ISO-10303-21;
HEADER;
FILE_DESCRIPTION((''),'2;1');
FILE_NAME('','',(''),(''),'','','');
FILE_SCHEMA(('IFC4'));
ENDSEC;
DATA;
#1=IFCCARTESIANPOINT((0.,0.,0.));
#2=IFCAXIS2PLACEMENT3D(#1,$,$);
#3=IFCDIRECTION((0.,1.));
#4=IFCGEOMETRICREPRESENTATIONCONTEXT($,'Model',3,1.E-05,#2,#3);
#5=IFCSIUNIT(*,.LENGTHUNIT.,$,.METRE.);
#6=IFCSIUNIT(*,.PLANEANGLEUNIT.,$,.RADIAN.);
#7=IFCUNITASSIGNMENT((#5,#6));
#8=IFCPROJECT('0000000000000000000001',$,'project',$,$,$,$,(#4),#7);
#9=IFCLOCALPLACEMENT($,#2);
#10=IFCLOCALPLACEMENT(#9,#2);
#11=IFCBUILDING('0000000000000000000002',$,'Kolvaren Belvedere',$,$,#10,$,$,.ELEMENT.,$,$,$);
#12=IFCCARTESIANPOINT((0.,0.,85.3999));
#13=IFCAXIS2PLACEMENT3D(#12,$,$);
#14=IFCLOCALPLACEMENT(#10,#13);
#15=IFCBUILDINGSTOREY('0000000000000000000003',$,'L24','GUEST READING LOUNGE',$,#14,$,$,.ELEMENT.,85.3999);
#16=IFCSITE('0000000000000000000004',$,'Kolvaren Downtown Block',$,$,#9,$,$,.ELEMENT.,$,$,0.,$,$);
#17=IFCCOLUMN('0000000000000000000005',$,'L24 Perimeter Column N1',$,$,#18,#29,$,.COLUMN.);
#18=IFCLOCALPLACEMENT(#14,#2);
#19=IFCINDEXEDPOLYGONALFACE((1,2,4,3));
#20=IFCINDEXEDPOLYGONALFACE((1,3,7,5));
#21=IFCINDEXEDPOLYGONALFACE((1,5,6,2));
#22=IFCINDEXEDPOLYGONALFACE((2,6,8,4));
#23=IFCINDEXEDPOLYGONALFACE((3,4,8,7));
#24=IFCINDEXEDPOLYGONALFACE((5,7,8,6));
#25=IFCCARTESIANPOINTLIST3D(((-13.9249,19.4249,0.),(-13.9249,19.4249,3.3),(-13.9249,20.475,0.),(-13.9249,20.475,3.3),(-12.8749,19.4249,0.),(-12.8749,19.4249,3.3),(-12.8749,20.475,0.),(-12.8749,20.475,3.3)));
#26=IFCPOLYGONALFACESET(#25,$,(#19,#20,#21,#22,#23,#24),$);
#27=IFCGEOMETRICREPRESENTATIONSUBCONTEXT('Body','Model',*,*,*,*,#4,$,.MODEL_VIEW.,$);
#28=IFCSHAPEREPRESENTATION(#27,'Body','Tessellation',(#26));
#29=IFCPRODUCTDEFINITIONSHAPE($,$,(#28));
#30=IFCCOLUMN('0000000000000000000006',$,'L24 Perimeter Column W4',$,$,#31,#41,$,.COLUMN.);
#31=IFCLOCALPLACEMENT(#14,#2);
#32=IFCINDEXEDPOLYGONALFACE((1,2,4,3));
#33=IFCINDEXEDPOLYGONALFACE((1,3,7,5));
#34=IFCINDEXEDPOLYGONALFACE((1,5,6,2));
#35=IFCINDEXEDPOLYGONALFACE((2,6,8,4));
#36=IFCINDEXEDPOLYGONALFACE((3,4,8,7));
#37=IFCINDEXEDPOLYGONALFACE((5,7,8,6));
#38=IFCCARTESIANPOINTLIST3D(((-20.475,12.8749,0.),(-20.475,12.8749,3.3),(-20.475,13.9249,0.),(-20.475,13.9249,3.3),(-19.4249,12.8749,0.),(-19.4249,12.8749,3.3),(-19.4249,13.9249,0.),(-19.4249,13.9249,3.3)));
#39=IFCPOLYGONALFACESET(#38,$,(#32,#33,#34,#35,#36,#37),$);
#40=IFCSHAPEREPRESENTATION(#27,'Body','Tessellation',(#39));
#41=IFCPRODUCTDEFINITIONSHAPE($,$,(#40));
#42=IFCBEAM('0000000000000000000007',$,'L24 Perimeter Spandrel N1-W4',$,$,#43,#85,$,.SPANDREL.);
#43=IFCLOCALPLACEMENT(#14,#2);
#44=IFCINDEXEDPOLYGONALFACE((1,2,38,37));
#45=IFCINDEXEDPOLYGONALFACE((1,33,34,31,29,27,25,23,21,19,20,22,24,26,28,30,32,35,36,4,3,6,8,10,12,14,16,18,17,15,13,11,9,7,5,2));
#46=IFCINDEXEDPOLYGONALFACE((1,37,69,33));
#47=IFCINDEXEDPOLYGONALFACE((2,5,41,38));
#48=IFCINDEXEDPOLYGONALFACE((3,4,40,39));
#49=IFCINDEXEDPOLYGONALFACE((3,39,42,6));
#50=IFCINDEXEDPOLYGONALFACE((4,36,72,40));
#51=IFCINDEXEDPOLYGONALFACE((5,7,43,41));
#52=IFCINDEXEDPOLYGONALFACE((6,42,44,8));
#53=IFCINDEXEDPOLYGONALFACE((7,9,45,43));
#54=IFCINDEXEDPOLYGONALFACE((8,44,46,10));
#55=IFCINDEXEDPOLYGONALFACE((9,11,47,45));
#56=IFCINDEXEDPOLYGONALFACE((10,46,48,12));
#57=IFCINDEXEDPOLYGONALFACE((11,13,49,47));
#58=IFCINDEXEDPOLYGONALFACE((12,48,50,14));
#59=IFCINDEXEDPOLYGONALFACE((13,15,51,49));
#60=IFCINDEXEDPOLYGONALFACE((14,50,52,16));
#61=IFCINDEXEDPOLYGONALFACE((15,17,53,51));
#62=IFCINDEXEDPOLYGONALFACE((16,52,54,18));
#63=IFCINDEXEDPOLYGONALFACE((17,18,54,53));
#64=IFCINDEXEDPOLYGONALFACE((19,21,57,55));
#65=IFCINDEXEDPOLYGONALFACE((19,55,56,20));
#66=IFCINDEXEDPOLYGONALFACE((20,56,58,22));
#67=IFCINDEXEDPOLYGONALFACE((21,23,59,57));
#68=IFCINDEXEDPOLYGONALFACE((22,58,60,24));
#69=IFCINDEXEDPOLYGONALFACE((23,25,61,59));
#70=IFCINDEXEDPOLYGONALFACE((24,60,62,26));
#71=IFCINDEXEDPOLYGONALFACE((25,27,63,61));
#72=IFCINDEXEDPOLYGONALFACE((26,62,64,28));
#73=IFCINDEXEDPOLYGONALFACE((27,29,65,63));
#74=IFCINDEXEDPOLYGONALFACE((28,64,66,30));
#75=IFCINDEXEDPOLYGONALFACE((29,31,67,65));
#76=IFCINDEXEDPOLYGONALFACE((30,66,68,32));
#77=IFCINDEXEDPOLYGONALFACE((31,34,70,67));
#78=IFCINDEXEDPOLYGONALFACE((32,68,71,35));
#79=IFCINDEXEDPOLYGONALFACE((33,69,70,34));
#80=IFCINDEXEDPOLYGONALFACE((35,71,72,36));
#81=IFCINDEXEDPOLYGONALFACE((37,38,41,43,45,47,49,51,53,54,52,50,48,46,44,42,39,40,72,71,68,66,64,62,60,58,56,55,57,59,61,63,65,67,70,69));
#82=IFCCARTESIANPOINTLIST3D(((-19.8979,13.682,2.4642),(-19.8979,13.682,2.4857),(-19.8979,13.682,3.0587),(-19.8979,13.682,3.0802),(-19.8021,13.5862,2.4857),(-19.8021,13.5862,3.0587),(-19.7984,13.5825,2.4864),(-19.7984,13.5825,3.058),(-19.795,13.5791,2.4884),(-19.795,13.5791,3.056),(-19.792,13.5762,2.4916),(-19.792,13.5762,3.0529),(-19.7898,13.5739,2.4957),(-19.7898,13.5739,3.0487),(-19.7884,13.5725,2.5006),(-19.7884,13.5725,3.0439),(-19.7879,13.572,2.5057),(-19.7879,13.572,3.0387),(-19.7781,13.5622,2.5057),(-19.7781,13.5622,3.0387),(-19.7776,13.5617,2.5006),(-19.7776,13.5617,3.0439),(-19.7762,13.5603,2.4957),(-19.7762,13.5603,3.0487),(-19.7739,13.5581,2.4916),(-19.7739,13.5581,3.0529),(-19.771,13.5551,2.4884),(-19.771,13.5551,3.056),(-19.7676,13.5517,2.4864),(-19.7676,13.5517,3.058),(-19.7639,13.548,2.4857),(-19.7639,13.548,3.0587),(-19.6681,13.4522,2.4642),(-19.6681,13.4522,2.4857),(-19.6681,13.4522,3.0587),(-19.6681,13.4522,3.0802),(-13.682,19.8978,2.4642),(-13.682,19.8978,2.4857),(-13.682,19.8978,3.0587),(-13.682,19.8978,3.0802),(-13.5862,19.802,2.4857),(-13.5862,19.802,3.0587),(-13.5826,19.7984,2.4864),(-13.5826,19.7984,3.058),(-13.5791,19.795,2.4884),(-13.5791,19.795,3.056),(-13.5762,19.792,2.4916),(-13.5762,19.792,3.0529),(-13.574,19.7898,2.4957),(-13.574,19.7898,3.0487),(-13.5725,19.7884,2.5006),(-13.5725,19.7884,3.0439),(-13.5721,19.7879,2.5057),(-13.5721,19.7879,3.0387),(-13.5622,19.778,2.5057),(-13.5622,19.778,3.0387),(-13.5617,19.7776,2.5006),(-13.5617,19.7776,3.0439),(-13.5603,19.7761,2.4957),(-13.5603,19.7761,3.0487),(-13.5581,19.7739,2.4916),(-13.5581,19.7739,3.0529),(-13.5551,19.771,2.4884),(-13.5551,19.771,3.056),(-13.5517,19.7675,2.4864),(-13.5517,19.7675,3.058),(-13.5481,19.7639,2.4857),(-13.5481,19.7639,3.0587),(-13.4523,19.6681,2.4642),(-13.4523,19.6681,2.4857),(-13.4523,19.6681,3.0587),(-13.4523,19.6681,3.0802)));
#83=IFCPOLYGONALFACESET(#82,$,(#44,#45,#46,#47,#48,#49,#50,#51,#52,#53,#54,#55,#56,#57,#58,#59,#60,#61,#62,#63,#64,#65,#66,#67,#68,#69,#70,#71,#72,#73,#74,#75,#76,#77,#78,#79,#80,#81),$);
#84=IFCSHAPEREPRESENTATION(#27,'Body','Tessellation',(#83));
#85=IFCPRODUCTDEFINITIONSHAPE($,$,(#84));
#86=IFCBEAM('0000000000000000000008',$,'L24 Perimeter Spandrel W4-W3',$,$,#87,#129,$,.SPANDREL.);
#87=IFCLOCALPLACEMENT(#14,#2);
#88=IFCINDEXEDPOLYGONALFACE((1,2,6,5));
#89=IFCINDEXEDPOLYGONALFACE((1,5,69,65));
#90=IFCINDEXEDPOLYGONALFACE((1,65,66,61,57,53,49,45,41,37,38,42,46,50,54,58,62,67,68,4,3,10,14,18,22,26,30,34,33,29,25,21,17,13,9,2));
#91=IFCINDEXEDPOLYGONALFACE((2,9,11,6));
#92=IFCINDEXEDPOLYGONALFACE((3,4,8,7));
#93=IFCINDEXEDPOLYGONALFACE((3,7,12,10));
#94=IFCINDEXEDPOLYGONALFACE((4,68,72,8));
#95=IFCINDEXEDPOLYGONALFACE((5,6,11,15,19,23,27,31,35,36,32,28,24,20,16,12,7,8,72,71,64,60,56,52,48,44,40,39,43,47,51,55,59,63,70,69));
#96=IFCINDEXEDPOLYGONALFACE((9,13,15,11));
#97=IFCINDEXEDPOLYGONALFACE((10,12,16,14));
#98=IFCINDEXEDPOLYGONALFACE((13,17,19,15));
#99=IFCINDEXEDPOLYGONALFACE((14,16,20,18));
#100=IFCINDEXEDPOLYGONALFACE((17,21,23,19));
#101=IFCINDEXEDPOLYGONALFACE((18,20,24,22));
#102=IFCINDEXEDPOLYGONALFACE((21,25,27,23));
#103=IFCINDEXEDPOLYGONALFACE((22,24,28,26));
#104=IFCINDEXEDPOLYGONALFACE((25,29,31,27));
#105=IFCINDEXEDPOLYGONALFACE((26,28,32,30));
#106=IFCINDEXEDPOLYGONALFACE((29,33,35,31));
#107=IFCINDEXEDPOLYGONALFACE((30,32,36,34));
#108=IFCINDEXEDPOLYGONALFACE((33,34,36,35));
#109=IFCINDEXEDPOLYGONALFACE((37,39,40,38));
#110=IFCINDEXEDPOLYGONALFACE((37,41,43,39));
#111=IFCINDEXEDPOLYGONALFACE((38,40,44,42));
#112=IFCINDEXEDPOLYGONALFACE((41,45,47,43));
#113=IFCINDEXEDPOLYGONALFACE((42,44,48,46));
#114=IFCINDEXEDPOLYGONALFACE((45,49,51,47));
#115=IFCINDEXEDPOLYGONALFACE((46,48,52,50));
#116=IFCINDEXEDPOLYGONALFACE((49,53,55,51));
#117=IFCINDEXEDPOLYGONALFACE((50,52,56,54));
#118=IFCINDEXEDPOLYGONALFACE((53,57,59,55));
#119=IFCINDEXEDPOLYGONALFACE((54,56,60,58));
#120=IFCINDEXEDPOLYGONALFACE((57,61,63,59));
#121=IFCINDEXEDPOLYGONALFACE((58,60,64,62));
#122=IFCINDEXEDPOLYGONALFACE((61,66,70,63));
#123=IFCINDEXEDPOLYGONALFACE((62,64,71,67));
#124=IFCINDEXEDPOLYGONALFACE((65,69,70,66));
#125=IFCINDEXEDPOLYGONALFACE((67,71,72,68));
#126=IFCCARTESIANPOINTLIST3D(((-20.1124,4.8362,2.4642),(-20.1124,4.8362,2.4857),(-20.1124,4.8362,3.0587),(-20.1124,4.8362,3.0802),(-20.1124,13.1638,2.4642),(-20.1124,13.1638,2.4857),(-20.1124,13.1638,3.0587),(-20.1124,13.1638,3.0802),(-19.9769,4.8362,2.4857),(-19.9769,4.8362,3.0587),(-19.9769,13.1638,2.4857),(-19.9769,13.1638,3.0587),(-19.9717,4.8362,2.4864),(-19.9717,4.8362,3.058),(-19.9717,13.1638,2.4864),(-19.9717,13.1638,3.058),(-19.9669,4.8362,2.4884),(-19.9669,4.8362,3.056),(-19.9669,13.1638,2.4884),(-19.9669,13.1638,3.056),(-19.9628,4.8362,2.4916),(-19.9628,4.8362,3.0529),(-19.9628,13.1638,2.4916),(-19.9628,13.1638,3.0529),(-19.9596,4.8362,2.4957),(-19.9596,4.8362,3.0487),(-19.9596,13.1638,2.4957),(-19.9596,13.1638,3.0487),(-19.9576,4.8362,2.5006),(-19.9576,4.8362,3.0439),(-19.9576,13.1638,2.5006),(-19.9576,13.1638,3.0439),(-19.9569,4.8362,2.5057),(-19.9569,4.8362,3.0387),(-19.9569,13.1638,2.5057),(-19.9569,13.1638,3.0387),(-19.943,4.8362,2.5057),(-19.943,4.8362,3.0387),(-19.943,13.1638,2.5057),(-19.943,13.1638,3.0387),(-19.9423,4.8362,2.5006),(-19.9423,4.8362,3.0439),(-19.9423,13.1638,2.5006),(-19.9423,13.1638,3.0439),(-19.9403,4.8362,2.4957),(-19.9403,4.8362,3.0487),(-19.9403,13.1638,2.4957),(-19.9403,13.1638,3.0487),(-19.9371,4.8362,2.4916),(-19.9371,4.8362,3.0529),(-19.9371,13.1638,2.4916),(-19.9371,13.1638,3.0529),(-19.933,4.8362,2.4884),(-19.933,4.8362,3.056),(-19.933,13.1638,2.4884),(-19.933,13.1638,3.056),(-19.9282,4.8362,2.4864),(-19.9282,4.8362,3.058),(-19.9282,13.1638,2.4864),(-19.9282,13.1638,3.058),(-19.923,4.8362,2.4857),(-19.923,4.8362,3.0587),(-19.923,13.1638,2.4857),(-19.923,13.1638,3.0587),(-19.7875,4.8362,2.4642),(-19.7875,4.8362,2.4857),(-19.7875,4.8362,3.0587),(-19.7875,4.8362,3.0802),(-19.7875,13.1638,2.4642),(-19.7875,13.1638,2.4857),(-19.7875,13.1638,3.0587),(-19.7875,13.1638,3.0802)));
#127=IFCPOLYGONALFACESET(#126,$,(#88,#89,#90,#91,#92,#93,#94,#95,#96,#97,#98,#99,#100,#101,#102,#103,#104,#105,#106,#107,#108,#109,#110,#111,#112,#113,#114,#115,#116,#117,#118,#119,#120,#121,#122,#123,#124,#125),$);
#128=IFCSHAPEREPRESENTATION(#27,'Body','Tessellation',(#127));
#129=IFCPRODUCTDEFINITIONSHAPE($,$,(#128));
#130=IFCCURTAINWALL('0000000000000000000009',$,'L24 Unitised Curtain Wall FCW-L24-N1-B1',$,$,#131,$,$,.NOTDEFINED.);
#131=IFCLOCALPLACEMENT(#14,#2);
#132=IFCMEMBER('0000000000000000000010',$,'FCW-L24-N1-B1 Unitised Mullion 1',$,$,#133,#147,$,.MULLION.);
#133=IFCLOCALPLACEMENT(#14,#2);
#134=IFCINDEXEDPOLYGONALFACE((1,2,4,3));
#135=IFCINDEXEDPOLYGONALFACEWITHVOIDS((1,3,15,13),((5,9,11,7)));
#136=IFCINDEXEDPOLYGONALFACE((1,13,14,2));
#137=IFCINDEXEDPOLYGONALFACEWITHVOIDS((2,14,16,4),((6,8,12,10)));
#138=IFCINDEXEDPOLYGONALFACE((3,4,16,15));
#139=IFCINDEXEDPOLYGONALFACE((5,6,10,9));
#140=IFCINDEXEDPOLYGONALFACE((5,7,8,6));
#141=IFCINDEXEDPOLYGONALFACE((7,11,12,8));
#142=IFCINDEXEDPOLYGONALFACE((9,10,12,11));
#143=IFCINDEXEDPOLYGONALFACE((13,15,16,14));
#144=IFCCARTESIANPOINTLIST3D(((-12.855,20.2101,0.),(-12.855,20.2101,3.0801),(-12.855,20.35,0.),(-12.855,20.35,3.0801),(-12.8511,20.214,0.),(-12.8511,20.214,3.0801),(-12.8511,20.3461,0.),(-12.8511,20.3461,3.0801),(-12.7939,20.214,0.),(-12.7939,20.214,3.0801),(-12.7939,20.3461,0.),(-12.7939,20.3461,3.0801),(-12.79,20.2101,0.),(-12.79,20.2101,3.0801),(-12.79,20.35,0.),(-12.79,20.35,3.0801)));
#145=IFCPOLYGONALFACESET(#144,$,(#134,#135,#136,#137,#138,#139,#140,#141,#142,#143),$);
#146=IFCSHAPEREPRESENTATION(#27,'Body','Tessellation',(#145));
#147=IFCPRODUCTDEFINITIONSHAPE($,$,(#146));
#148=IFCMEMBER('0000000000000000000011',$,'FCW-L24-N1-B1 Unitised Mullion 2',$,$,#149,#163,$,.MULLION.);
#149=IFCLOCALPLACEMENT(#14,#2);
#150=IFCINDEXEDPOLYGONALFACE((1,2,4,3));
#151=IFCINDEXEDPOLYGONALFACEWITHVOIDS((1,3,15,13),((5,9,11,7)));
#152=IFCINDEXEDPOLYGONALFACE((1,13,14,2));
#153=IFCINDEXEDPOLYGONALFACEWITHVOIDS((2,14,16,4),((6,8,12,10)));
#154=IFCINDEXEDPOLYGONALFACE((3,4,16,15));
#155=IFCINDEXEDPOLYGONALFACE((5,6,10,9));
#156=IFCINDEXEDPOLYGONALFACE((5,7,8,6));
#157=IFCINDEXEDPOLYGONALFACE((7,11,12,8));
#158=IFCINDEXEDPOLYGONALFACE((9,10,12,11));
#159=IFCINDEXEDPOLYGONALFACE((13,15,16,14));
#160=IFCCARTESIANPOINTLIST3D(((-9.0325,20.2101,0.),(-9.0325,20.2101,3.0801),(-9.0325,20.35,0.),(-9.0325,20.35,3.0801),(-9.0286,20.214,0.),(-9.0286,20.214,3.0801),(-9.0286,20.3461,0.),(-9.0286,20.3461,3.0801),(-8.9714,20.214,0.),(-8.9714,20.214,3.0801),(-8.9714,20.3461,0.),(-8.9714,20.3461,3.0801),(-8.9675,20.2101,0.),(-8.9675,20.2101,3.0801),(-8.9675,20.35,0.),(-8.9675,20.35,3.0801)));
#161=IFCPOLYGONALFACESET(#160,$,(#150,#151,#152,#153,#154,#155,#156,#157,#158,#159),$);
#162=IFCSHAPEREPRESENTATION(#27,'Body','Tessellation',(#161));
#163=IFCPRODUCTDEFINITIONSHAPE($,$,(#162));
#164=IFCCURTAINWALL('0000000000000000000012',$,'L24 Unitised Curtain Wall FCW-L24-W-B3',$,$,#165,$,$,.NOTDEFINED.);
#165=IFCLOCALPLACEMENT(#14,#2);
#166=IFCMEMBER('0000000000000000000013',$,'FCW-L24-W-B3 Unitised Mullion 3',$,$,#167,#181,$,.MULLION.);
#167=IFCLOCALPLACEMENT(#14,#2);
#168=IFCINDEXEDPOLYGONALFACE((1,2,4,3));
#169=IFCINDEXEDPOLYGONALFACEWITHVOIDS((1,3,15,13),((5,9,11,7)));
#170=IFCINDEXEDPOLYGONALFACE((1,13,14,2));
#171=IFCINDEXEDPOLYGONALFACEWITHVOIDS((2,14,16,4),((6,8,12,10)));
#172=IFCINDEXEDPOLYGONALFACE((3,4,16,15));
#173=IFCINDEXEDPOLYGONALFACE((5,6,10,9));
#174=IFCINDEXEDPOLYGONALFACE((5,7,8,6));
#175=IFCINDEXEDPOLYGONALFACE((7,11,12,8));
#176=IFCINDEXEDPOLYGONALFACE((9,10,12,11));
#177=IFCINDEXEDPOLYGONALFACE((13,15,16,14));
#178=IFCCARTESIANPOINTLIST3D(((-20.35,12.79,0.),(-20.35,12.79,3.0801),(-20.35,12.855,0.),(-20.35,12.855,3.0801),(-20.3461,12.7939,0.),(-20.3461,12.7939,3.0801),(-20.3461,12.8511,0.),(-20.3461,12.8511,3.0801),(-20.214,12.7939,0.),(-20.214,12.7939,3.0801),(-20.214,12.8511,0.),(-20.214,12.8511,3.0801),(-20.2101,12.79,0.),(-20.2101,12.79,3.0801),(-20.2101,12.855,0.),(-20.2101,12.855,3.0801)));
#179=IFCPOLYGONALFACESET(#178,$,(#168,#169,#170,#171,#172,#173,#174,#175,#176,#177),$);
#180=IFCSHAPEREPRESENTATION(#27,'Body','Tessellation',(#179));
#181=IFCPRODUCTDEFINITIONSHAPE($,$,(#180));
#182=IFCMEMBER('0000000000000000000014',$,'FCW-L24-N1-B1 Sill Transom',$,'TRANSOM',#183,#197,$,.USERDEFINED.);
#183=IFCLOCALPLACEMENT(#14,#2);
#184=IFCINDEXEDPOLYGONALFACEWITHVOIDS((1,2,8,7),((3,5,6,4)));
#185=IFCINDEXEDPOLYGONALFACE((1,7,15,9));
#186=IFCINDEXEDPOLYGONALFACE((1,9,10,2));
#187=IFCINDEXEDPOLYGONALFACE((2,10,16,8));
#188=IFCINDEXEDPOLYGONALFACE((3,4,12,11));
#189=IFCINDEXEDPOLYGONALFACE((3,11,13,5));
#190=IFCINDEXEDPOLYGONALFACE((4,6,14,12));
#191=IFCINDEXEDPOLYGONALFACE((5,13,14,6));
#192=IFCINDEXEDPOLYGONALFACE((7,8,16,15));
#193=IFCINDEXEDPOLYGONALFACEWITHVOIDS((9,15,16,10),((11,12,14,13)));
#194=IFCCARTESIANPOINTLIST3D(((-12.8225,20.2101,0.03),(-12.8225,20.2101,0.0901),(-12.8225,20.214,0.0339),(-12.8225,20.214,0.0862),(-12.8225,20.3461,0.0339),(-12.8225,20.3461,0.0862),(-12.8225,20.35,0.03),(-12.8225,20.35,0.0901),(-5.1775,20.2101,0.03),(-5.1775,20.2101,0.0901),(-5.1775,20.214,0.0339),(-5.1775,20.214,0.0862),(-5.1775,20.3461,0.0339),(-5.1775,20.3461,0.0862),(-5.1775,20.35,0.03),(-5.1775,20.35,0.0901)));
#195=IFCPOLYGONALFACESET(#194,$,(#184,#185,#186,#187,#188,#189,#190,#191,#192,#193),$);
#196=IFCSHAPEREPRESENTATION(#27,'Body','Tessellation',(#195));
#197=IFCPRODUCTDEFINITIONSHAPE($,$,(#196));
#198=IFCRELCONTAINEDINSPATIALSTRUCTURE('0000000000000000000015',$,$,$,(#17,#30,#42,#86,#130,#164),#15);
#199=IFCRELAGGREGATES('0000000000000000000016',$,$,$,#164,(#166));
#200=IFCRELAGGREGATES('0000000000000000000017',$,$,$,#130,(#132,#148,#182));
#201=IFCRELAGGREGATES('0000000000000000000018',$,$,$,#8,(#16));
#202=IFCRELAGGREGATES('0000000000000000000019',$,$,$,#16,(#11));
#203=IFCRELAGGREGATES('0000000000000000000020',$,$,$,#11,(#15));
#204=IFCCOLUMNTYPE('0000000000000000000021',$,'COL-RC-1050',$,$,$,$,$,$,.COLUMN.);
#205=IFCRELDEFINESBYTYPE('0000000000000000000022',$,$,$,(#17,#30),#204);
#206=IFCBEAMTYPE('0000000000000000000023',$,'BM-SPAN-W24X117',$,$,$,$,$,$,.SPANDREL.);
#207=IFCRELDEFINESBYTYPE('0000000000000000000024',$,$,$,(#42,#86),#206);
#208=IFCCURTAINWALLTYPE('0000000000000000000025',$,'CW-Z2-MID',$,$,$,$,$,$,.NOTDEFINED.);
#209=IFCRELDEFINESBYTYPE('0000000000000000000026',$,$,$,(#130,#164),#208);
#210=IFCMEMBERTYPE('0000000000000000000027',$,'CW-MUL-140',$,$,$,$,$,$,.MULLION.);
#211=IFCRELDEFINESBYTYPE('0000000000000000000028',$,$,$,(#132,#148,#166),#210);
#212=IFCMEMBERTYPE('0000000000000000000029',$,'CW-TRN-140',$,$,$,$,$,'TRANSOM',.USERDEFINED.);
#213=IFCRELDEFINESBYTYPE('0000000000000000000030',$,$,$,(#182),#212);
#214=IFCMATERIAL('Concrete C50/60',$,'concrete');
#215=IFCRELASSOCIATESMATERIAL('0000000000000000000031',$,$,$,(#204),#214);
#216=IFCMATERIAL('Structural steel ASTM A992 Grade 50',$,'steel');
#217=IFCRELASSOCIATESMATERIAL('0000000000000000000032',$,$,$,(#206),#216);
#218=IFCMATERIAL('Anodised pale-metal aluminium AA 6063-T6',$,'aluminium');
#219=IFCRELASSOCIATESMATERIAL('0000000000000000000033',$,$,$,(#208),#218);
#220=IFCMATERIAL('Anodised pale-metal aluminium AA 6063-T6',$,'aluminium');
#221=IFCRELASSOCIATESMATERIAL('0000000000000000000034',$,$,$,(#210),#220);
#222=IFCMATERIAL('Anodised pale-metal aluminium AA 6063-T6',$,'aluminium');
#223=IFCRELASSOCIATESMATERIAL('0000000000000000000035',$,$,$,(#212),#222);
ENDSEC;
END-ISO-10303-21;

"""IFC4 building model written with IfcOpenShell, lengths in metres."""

from ifc_helpers import new_model, si_unit, direction, frame, origin, origin_2d, place, context, subcontext, project, spatial, rectangle, hollow_rectangle, i_section, extrude, material, material_profile, profile_set, type_object, element, aggregate, save


model = new_model("IFC4")

# Units and contexts
model_context = context("Model", 3, precision=1e-05, world=origin(), true_north=direction((0.0, 1.0)))
body_context = subcontext(model_context, "Body", "Model", "MODEL_VIEW")
ifc_project = project(units=[si_unit("LENGTHUNIT", "METRE"), si_unit("PLANEANGLEUNIT", "RADIAN")], contexts=[model_context])

# Site, building, storey
site_placement = place(None, origin())
site = spatial("IfcSite", under=ifc_project, at=site_placement, Name="Kolvaren Downtown Block", CompositionType="ELEMENT", RefElevation=0.0)
building_placement = place(site_placement, origin())
building = spatial("IfcBuilding", under=site, at=building_placement, Name="Kolvaren Belvedere", CompositionType="ELEMENT")
storey_placement = place(building_placement, frame((0.0, 0.0, 85.3999)))
storey = spatial("IfcBuildingStorey", under=building, at=storey_placement, Name="L24", Description="GUEST READING LOUNGE", CompositionType="ELEMENT", Elevation=85.3999)

# Columns
ifc_material_1 = material(Name="Concrete C50/60", Category="concrete")
ifc_material_profile_1 = material_profile(ifc_material_1, rectangle(XDim=1.05, YDim=1.05, at=origin_2d()), Name="RC 1050X1050")
ifc_profile_set_1 = profile_set([ifc_material_profile_1], Name="Concrete C50/60")
column_type = type_object("IfcColumnType", Name="COL-RC-1050", PredefinedType="COLUMN", material=ifc_profile_set_1)
for number, where, z_axis, x_axis, name in (
    (1, (-13.3999, 19.95, 0.0), (0.0, 0.0, 1.0), (1.0, 0.0, 0.0), "L24 Perimeter Column N1"),
    (2, (-19.95, 13.3999, 0.0), (0.0, 0.0, 1.0), (1.0, 0.0, 0.0), "L24 Perimeter Column W4"),
):
    element("IfcColumn", number, at=place(storey_placement, frame(where, z_axis=z_axis, x_axis=x_axis)), inside=storey, type_object=column_type, Name=name, PredefinedType="COLUMN", context=body_context, shape_type="SweptSolid", body=[
        extrude(rectangle(XDim=1.05, YDim=1.05, at=origin_2d()), origin(), (0.0, 0.0, 1.0), 3.3),
    ])

# Beams
ifc_material_2 = material(Name="Structural steel ASTM A992 Grade 50", Category="steel")
ifc_material_profile_2 = material_profile(ifc_material_2, i_section(OverallWidth=0.325, OverallDepth=0.616, WebThickness=0.0139, FlangeThickness=0.0215, FilletRadius=0.02, at=origin_2d()), Name="W24X117")
ifc_profile_set_2 = profile_set([ifc_material_profile_2], Name="Structural steel ASTM A992 Grade 50")
beam_type = type_object("IfcBeamType", Name="BM-SPAN-W24X117", PredefinedType="SPANDREL", material=ifc_profile_set_2)
beam_1_placement = place(storey_placement, frame((-13.5671, 19.783, 2.7722), z_axis=(-0.707107, -0.707107, 0.0), x_axis=(0.707107, -0.707107, 0.0)))
element("IfcBeam", 3, at=beam_1_placement, inside=storey, type_object=beam_type, Name="L24 Perimeter Spandrel N1-W4", PredefinedType="SPANDREL", context=body_context, shape_type="SweptSolid", body=[
    extrude(i_section(OverallWidth=0.325, OverallDepth=0.616, WebThickness=0.0139, FlangeThickness=0.0215, FilletRadius=0.02, at=origin_2d()), origin(), (0.0, 0.0, 1.0), 8.7905),
])
beam_2_placement = place(storey_placement, frame((-19.95, 13.1638, 2.7722), z_axis=(0.0, -1.0, 0.0), x_axis=(1.0, 0.0, 0.0)))
element("IfcBeam", 4, at=beam_2_placement, inside=storey, type_object=beam_type, Name="L24 Perimeter Spandrel W4-W3", PredefinedType="SPANDREL", context=body_context, shape_type="SweptSolid", body=[
    extrude(i_section(OverallWidth=0.325, OverallDepth=0.616, WebThickness=0.0139, FlangeThickness=0.0215, FilletRadius=0.02, at=origin_2d()), origin(), (0.0, 0.0, 1.0), 8.3276),
])

# Curtain wall, members
ifc_material_3 = material(Name="Anodised pale-metal aluminium AA 6063-T6", Category="aluminium")
curtain_wall_type = type_object("IfcCurtainWallType", Name="CW-Z2-MID", PredefinedType="NOTDEFINED", material=ifc_material_3)
curtain_wall_1_placement = place(storey_placement, origin())
curtain_wall_1 = element("IfcCurtainWall", 5, at=curtain_wall_1_placement, inside=storey, type_object=curtain_wall_type, Name="L24 Unitised Curtain Wall FCW-L24-N1-B1", PredefinedType="NOTDEFINED")
ifc_material_4 = material(Name="Anodised pale-metal aluminium AA 6063-T6", Category="aluminium")
ifc_material_profile_3 = material_profile(ifc_material_4, hollow_rectangle(XDim=0.0649, YDim=0.1399, WallThickness=0.0039, at=origin_2d()), Name="ALU-MUL-140X65")
ifc_profile_set_3 = profile_set([ifc_material_profile_3], Name="Anodised pale-metal aluminium AA 6063-T6")
member_type_1 = type_object("IfcMemberType", Name="CW-MUL-140", PredefinedType="MULLION", material=ifc_profile_set_3)
member_1_placement = place(storey_placement, frame((-12.8225, 20.28, 0.0), z_axis=(0.0, 0.0, 1.0), x_axis=(1.0, 0.0, 0.0)))
member_1 = element("IfcMember", 6, at=member_1_placement, type_object=member_type_1, Name="FCW-L24-N1-B1 Unitised Mullion 1", PredefinedType="MULLION", context=body_context, shape_type="SweptSolid", body=[
    extrude(hollow_rectangle(XDim=0.0649, YDim=0.1399, WallThickness=0.0039, at=origin_2d()), origin(), (0.0, 0.0, 1.0), 3.0801),
])
member_2_placement = place(storey_placement, frame((-9.0, 20.28, 0.0), z_axis=(0.0, 0.0, 1.0), x_axis=(1.0, 0.0, 0.0)))
member_2 = element("IfcMember", 7, at=member_2_placement, type_object=member_type_1, Name="FCW-L24-N1-B1 Unitised Mullion 2", PredefinedType="MULLION", context=body_context, shape_type="SweptSolid", body=[
    extrude(hollow_rectangle(XDim=0.0649, YDim=0.1399, WallThickness=0.0039, at=origin_2d()), origin(), (0.0, 0.0, 1.0), 3.0801),
])

# Curtain wall, member
curtain_wall_2_placement = place(storey_placement, origin())
curtain_wall_2 = element("IfcCurtainWall", 8, at=curtain_wall_2_placement, inside=storey, type_object=curtain_wall_type, Name="L24 Unitised Curtain Wall FCW-L24-W-B3", PredefinedType="NOTDEFINED")
member_3_placement = place(storey_placement, frame((-20.28, 12.8225, 0.0), z_axis=(0.0, 0.0, 1.0), x_axis=(0.0, 1.0, 0.0)))
member_3 = element("IfcMember", 9, at=member_3_placement, type_object=member_type_1, Name="FCW-L24-W-B3 Unitised Mullion 3", PredefinedType="MULLION", context=body_context, shape_type="SweptSolid", body=[
    extrude(hollow_rectangle(XDim=0.0649, YDim=0.1399, WallThickness=0.0039, at=origin_2d()), origin(), (0.0, 0.0, 1.0), 3.0801),
])
aggregate(curtain_wall_2, [member_3])

# Member
ifc_material_5 = material(Name="Anodised pale-metal aluminium AA 6063-T6", Category="aluminium")
ifc_material_profile_4 = material_profile(ifc_material_5, hollow_rectangle(XDim=0.0601, YDim=0.1399, WallThickness=0.0039, at=origin_2d()), Name="ALU-TRN-140X60")
ifc_profile_set_4 = profile_set([ifc_material_profile_4], Name="Anodised pale-metal aluminium AA 6063-T6")
member_type_2 = type_object("IfcMemberType", Name="CW-TRN-140", ElementType="TRANSOM", PredefinedType="USERDEFINED", material=ifc_profile_set_4)
member_4_placement = place(storey_placement, frame((-12.8225, 20.28, 0.0601), z_axis=(1.0, 0.0, 0.0), x_axis=(0.0, 0.0, 1.0)))
member_4 = element("IfcMember", 10, at=member_4_placement, type_object=member_type_2, Name="FCW-L24-N1-B1 Sill Transom", ObjectType="TRANSOM", PredefinedType="USERDEFINED", context=body_context, shape_type="SweptSolid", body=[
    extrude(hollow_rectangle(XDim=0.0601, YDim=0.1399, WallThickness=0.0039, at=origin_2d()), origin(), (0.0, 0.0, 1.0), 7.645),
])

aggregate(curtain_wall_1, [member_1, member_2, member_4])

save(model, "model.ifc")
